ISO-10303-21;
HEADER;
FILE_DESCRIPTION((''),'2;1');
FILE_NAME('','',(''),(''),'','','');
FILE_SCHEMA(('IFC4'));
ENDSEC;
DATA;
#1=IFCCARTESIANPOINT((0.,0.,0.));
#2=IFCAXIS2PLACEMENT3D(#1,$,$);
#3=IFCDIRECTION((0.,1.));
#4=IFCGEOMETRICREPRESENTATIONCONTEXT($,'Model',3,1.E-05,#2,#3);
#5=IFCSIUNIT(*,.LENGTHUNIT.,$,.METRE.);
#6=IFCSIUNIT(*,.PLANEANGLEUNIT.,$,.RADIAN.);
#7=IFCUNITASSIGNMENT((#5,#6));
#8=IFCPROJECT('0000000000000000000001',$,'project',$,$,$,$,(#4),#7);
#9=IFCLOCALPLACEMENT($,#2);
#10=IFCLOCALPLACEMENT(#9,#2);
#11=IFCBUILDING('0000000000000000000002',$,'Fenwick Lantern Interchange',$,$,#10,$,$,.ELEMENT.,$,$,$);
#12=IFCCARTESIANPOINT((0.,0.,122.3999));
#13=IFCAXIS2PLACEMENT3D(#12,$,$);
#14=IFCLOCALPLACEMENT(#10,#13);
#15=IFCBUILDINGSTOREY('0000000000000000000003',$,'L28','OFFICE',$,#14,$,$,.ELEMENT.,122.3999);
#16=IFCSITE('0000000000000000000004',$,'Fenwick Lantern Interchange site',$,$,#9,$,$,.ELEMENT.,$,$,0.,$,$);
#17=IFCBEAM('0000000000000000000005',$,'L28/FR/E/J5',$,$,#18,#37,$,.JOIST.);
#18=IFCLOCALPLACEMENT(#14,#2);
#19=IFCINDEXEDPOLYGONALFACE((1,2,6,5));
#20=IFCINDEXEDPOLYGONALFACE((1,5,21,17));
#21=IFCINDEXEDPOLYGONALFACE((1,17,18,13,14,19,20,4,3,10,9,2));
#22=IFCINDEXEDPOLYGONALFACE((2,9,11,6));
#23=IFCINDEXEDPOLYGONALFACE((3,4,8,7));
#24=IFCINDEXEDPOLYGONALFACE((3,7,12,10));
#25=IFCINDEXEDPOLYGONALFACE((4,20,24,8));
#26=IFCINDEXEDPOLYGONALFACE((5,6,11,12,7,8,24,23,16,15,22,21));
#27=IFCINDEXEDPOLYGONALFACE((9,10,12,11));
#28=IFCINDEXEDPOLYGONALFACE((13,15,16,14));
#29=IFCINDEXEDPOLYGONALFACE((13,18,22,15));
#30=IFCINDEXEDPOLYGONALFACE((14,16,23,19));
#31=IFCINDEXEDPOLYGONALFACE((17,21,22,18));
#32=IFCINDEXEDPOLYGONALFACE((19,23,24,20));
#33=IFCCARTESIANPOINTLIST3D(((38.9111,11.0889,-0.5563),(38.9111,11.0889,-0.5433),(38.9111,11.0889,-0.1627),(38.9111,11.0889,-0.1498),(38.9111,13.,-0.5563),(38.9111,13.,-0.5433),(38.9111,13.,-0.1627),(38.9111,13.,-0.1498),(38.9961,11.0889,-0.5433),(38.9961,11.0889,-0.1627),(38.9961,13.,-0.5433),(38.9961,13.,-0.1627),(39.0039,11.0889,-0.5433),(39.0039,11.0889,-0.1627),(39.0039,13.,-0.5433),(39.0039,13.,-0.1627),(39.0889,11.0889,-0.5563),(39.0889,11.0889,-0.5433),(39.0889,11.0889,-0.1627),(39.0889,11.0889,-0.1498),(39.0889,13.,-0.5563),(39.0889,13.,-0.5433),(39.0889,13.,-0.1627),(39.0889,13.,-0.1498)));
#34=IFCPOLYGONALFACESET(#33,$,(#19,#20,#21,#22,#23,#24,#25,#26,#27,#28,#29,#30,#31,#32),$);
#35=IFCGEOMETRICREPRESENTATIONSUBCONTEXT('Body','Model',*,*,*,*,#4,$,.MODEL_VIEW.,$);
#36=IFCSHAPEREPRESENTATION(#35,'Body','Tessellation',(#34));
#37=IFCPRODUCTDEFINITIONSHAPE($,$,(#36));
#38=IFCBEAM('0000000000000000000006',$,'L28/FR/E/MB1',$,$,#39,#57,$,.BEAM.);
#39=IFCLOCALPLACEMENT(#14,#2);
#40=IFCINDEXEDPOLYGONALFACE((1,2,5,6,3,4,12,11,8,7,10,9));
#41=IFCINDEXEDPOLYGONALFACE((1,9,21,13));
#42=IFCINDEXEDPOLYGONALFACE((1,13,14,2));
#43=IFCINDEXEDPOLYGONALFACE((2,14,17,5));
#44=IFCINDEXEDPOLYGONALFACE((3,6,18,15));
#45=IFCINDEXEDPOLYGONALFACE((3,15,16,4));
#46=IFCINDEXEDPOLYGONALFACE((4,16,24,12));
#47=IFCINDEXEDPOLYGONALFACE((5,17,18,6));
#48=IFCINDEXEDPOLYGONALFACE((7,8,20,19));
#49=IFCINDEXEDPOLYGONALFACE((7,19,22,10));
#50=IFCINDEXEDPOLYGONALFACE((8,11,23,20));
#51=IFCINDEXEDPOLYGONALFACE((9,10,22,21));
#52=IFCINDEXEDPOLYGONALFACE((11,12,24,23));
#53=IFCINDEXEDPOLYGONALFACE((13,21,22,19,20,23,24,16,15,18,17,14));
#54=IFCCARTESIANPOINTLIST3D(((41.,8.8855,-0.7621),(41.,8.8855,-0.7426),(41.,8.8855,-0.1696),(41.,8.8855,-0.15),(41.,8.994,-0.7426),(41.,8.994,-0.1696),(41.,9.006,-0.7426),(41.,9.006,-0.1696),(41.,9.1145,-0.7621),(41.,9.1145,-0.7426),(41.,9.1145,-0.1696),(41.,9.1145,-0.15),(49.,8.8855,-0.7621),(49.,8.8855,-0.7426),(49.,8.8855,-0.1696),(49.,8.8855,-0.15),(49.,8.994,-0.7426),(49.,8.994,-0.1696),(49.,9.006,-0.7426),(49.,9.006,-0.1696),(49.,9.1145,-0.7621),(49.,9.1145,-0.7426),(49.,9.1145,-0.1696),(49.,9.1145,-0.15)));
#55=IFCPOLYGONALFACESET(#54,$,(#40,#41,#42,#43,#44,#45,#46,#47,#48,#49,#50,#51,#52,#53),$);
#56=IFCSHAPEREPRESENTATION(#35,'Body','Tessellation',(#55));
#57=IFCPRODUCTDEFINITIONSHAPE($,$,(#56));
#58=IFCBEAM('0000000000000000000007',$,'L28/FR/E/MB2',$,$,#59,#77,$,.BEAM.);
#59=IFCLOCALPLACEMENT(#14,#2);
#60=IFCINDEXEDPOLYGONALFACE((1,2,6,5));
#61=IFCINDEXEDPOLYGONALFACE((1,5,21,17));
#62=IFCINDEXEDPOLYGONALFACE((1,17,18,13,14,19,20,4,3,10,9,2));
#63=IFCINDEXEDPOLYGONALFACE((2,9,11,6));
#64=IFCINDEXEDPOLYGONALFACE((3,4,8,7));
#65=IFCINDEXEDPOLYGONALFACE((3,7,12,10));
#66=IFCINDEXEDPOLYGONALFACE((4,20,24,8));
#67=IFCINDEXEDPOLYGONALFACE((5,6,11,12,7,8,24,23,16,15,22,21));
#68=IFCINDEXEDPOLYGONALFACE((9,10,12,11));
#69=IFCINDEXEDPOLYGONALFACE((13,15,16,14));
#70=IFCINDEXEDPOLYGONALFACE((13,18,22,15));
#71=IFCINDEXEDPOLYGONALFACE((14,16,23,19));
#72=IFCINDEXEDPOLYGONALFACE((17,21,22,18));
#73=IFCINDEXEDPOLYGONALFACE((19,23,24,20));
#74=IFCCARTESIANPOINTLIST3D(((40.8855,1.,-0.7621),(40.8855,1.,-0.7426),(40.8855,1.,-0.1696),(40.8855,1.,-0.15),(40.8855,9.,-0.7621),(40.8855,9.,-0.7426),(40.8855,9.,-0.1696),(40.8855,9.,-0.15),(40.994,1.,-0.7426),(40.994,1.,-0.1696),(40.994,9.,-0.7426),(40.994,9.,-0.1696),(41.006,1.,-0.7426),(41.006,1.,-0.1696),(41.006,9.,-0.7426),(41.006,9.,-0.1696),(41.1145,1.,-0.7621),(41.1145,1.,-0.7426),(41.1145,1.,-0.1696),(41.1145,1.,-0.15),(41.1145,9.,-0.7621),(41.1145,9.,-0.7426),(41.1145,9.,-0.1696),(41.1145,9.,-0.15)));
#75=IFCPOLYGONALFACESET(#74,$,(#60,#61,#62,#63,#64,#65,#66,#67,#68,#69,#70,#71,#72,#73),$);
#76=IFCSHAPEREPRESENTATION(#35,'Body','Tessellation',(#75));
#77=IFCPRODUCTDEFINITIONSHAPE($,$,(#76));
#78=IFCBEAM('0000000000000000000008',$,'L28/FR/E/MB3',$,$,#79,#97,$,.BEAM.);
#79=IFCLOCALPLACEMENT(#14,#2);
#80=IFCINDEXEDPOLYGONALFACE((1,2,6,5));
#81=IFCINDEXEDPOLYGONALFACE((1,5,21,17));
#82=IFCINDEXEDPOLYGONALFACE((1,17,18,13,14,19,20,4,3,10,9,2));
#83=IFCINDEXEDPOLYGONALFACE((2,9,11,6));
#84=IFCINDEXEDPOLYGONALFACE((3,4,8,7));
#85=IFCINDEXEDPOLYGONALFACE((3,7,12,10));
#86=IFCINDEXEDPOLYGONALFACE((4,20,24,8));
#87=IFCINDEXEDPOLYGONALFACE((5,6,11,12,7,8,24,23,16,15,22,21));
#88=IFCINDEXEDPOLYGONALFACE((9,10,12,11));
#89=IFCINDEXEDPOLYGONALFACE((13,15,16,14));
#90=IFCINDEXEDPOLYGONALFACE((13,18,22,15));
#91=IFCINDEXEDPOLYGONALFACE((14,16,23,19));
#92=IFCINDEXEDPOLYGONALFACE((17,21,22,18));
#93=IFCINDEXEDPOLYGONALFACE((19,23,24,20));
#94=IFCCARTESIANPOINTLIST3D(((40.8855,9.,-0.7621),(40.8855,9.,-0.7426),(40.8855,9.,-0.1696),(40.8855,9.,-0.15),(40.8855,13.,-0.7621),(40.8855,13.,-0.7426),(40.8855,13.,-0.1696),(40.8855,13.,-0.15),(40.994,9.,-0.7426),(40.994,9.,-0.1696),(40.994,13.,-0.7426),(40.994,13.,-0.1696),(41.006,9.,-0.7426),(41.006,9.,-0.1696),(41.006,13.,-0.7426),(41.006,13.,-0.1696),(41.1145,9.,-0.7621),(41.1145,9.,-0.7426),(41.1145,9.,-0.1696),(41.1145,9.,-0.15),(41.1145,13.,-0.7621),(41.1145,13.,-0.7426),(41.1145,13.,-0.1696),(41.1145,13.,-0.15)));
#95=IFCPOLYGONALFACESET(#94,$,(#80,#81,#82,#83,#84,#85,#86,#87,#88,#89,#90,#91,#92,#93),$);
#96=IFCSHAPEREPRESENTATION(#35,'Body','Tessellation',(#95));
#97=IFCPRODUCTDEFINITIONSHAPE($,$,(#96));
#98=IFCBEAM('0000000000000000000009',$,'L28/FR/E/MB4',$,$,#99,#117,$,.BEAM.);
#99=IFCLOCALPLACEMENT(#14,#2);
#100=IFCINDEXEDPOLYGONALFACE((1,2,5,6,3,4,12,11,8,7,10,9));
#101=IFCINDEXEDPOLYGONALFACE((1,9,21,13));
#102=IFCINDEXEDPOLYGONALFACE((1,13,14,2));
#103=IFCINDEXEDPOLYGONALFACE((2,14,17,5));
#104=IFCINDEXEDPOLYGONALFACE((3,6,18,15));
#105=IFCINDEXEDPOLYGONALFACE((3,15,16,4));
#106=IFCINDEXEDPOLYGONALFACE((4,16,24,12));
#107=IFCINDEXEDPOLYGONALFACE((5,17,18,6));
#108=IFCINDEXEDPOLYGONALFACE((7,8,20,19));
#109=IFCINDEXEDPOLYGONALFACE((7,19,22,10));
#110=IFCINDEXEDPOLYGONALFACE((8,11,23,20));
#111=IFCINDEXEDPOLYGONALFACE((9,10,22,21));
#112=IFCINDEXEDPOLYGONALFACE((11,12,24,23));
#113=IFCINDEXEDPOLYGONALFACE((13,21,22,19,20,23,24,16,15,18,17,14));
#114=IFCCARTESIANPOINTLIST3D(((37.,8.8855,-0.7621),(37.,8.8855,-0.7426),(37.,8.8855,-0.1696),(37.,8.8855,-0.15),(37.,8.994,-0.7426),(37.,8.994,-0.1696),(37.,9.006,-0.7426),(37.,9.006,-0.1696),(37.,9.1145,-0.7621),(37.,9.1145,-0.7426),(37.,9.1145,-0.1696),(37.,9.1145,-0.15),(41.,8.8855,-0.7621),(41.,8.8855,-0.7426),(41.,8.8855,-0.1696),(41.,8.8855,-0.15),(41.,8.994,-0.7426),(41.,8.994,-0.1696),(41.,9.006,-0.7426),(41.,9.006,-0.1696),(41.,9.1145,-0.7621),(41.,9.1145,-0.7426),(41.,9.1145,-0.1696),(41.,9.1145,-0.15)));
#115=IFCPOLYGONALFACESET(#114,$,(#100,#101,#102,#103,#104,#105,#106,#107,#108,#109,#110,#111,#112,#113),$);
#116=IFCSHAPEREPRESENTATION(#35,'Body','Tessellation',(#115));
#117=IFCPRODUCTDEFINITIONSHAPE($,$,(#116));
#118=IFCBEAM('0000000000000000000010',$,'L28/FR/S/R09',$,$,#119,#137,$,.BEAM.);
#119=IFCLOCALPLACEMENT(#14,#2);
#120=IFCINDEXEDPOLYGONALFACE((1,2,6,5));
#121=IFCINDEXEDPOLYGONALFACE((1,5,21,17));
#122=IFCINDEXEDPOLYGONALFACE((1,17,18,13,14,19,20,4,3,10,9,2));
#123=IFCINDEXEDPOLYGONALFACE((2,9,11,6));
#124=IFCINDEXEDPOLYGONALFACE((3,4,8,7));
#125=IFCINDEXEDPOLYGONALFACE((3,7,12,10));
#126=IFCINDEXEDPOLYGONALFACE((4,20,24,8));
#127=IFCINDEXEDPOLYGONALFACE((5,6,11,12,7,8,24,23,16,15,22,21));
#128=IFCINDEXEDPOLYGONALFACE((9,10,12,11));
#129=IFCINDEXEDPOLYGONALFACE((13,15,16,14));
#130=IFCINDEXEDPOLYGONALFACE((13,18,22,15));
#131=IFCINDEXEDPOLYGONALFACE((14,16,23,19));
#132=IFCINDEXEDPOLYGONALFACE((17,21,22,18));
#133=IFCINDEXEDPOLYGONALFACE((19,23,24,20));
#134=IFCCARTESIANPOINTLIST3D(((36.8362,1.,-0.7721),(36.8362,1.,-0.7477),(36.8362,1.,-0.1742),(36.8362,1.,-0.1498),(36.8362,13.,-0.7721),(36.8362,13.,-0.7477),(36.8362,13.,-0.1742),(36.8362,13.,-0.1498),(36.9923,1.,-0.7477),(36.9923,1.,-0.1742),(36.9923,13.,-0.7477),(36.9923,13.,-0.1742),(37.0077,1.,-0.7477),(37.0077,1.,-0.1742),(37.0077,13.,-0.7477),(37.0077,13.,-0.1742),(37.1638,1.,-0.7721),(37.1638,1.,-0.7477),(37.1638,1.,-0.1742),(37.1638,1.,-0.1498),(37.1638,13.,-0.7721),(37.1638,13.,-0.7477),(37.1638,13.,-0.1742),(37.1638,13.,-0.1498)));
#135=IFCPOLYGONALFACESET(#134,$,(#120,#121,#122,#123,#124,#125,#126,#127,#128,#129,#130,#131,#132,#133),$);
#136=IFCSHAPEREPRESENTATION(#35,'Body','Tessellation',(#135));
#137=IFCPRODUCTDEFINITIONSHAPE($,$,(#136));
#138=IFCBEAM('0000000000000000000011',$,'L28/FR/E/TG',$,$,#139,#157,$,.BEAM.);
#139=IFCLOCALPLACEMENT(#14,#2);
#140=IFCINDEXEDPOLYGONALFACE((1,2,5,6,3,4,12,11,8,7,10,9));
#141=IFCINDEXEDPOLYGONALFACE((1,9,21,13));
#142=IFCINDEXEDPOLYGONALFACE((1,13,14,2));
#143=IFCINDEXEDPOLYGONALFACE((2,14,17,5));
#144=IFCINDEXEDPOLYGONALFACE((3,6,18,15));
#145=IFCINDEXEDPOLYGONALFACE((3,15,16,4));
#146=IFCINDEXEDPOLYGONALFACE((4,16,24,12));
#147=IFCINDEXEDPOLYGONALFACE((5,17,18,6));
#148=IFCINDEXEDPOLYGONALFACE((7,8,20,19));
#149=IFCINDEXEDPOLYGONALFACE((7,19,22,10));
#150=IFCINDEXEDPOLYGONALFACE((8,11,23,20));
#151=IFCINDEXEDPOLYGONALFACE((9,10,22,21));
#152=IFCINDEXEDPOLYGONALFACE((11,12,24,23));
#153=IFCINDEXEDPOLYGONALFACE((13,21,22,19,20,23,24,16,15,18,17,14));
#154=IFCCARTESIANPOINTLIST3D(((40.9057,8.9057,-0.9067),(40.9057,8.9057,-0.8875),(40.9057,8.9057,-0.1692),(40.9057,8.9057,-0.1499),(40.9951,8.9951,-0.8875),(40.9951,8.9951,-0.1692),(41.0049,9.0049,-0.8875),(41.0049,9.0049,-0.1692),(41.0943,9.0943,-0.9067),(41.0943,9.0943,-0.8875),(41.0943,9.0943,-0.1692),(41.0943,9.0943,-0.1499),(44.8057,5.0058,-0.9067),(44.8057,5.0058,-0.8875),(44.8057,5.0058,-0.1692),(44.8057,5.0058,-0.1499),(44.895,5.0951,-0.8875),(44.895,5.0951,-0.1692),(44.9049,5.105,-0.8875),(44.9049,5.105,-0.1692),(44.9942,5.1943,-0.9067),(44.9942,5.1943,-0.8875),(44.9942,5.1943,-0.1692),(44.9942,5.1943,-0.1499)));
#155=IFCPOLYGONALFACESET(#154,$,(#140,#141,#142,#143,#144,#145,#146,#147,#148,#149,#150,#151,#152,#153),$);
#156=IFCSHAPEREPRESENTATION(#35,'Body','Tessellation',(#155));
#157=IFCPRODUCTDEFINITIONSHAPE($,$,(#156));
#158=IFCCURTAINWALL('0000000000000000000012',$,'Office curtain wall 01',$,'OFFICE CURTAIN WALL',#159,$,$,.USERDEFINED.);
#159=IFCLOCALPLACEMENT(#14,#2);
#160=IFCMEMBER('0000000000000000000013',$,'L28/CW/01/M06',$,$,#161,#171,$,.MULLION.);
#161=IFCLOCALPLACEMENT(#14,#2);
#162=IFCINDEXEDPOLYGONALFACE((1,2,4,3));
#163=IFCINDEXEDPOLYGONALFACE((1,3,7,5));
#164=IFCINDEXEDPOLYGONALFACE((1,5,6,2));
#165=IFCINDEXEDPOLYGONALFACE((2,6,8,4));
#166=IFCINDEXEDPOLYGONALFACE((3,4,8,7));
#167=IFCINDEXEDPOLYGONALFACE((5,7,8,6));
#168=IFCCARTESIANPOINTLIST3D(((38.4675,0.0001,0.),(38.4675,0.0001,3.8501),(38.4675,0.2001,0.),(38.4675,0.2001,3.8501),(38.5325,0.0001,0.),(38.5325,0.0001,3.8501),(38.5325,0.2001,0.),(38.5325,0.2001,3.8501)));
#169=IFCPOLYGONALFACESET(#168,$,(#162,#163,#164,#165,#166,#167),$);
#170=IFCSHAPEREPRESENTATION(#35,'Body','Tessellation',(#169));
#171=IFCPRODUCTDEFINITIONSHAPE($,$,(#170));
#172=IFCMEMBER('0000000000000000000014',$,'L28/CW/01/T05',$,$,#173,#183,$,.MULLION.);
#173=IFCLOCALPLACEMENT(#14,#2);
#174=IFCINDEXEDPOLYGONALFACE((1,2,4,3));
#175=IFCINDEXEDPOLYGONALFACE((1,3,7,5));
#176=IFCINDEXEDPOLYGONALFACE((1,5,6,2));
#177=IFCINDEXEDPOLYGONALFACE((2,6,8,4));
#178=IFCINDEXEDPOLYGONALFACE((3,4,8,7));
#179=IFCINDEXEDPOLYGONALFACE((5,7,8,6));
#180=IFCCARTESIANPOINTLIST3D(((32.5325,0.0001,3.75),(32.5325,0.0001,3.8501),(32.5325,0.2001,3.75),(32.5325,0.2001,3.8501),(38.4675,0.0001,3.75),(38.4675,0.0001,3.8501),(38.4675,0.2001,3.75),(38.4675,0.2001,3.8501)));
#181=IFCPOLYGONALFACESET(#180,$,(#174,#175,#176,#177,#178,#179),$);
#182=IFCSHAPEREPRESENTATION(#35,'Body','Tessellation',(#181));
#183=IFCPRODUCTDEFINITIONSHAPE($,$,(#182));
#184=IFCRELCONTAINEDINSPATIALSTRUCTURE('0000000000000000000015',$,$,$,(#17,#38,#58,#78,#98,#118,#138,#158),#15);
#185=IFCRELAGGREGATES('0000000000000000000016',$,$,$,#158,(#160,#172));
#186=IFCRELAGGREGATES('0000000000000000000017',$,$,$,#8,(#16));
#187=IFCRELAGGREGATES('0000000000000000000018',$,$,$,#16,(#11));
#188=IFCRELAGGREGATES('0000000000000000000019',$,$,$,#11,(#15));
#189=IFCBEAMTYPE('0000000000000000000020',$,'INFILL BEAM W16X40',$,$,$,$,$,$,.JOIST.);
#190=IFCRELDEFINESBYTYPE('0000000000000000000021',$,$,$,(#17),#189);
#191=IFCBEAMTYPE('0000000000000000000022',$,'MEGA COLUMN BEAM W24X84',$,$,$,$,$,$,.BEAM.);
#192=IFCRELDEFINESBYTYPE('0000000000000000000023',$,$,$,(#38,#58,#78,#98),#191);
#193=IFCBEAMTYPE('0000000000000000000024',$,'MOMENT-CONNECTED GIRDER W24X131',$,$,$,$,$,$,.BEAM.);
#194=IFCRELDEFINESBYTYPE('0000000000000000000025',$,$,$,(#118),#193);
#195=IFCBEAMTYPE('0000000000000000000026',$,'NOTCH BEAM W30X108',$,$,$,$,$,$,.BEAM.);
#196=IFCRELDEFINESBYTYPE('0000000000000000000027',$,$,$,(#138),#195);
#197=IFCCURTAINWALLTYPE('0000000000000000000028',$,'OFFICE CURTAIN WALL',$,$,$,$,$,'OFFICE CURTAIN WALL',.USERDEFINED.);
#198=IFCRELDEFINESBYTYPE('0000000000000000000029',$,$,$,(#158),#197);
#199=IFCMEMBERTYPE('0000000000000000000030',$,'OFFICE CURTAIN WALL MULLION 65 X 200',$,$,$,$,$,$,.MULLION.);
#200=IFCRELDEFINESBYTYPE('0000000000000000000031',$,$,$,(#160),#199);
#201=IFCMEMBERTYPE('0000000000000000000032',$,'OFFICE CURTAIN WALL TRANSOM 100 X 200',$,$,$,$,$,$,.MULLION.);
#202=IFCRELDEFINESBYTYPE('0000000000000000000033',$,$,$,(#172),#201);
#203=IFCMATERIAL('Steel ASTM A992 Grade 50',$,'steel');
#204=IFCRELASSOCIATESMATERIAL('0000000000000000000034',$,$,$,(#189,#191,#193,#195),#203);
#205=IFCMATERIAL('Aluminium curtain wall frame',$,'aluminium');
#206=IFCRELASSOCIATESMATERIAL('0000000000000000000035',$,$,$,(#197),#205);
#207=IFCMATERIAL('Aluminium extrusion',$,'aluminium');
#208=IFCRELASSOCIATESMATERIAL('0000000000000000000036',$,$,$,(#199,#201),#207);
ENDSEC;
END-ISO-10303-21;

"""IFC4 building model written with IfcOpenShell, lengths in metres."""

from ifc_helpers import new_model, si_unit, direction, frame, origin, origin_2d, place, context, subcontext, project, spatial, rectangle, i_section, extrude, material, material_profile, profile_set, type_object, element, aggregate, save


model = new_model("IFC4")

# Units and contexts
model_context = context("Model", 3, precision=1e-05, world=origin(), true_north=direction((0.0, 1.0)))
body_context = subcontext(model_context, "Body", "Model", "MODEL_VIEW")
ifc_project = project(units=[si_unit("LENGTHUNIT", "METRE"), si_unit("PLANEANGLEUNIT", "RADIAN")], contexts=[model_context])

# Site, building, storey
site_placement = place(None, origin())
site = spatial("IfcSite", under=ifc_project, at=site_placement, Name="Fenwick Lantern Interchange site", CompositionType="ELEMENT", RefElevation=0.0)
building_placement = place(site_placement, origin())
building = spatial("IfcBuilding", under=site, at=building_placement, Name="Fenwick Lantern Interchange", CompositionType="ELEMENT")
storey_placement = place(building_placement, frame((0.0, 0.0, 122.3999)))
storey = spatial("IfcBuildingStorey", under=building, at=storey_placement, Name="L28", Description="OFFICE", CompositionType="ELEMENT", Elevation=122.3999)

# Beams
ifc_material_1 = material(Name="Steel ASTM A992 Grade 50", Category="steel")
ifc_material_profile_1 = material_profile(ifc_material_1, i_section(OverallWidth=0.1777, OverallDepth=0.4065, WebThickness=0.0078, FlangeThickness=0.0129, at=origin_2d()), Name="W16X40")
ifc_profile_set_1 = profile_set([ifc_material_profile_1], Name="Steel ASTM A992 Grade 50")
beam_type_1 = type_object("IfcBeamType", Name="INFILL BEAM W16X40", PredefinedType="JOIST", material=ifc_profile_set_1)
beam_1_placement = place(storey_placement, frame((39.0, 11.0889, -0.353), z_axis=(0.0, 1.0, 0.0), x_axis=(-1.0, 0.0, 0.0)))
element("IfcBeam", 1, at=beam_1_placement, inside=storey, type_object=beam_type_1, Name="L28/FR/E/J5", PredefinedType="JOIST", context=body_context, shape_type="SweptSolid", body=[
    extrude(i_section(OverallWidth=0.1777, OverallDepth=0.4065, WebThickness=0.0078, FlangeThickness=0.0129, at=origin_2d()), origin(), (0.0, 0.0, 1.0), 1.9111),
])
ifc_material_profile_2 = material_profile(ifc_material_1, i_section(OverallWidth=0.229, OverallDepth=0.6121, WebThickness=0.012, FlangeThickness=0.0195, at=origin_2d()), Name="W24X84")
ifc_profile_set_2 = profile_set([ifc_material_profile_2], Name="Steel ASTM A992 Grade 50")
beam_type_2 = type_object("IfcBeamType", Name="MEGA COLUMN BEAM W24X84", PredefinedType="BEAM", material=ifc_profile_set_2)
for number, where, z_axis, x_axis, name in (
    (2, (41.0, 9.0, -0.4561), (1.0, 0.0, 0.0), (0.0, 1.0, 0.0), "L28/FR/E/MB1"),
    (3, (41.0, 9.0, -0.4561), (0.0, -1.0, 0.0), (1.0, 0.0, 0.0), "L28/FR/E/MB2"),
):
    element("IfcBeam", number, at=place(storey_placement, frame(where, z_axis=z_axis, x_axis=x_axis)), inside=storey, type_object=beam_type_2, Name=name, PredefinedType="BEAM", context=body_context, shape_type="SweptSolid", body=[
        extrude(i_section(OverallWidth=0.229, OverallDepth=0.6121, WebThickness=0.012, FlangeThickness=0.0195, at=origin_2d()), origin(), (0.0, 0.0, 1.0), 8.0),
    ])
for number, where, z_axis, x_axis, name in (
    (4, (41.0, 9.0, -0.4561), (0.0, 1.0, 0.0), (-1.0, 0.0, 0.0), "L28/FR/E/MB3"),
    (5, (41.0, 9.0, -0.4561), (-1.0, 0.0, 0.0), (0.0, -1.0, 0.0), "L28/FR/E/MB4"),
):
    element("IfcBeam", number, at=place(storey_placement, frame(where, z_axis=z_axis, x_axis=x_axis)), inside=storey, type_object=beam_type_2, Name=name, PredefinedType="BEAM", context=body_context, shape_type="SweptSolid", body=[
        extrude(i_section(OverallWidth=0.229, OverallDepth=0.6121, WebThickness=0.012, FlangeThickness=0.0195, at=origin_2d()), origin(), (0.0, 0.0, 1.0), 4.0),
    ])
ifc_material_profile_3 = material_profile(ifc_material_1, i_section(OverallWidth=0.3276, OverallDepth=0.6223, WebThickness=0.0154, FlangeThickness=0.0244, at=origin_2d()), Name="W24X131")
ifc_profile_set_3 = profile_set([ifc_material_profile_3], Name="Steel ASTM A992 Grade 50")
beam_type_3 = type_object("IfcBeamType", Name="MOMENT-CONNECTED GIRDER W24X131", PredefinedType="BEAM", material=ifc_profile_set_3)
beam_2_placement = place(storey_placement, frame((37.0, 1.0, -0.4609), z_axis=(0.0, 1.0, 0.0), x_axis=(-1.0, 0.0, 0.0)))
element("IfcBeam", 6, at=beam_2_placement, inside=storey, type_object=beam_type_3, Name="L28/FR/S/R09", PredefinedType="BEAM", context=body_context, shape_type="SweptSolid", body=[
    extrude(i_section(OverallWidth=0.3276, OverallDepth=0.6223, WebThickness=0.0154, FlangeThickness=0.0244, at=origin_2d()), origin(), (0.0, 0.0, 1.0), 12.0),
])
ifc_material_profile_4 = material_profile(ifc_material_1, i_section(OverallWidth=0.2666, OverallDepth=0.7568, WebThickness=0.0139, FlangeThickness=0.0193, at=origin_2d()), Name="W30X108")
ifc_profile_set_4 = profile_set([ifc_material_profile_4], Name="Steel ASTM A992 Grade 50")
beam_type_4 = type_object("IfcBeamType", Name="NOTCH BEAM W30X108", PredefinedType="BEAM", material=ifc_profile_set_4)
beam_3_placement = place(storey_placement, frame((41.0, 9.0, -0.5283), z_axis=(0.707107, -0.707107, 0.0), x_axis=(0.707107, 0.707107, 0.0)))
element("IfcBeam", 7, at=beam_3_placement, inside=storey, type_object=beam_type_4, Name="L28/FR/E/TG", PredefinedType="BEAM", context=body_context, shape_type="SweptSolid", body=[
    extrude(i_section(OverallWidth=0.2666, OverallDepth=0.7568, WebThickness=0.0139, FlangeThickness=0.0193, at=origin_2d()), origin(), (0.0, 0.0, 1.0), 5.5154),
])

# Curtain wall, members
ifc_material_2 = material(Name="Aluminium curtain wall frame", Category="aluminium")
curtain_wall_type = type_object("IfcCurtainWallType", Name="OFFICE CURTAIN WALL", ElementType="OFFICE CURTAIN WALL", PredefinedType="USERDEFINED", material=ifc_material_2)
curtain_wall_placement = place(storey_placement, origin())
curtain_wall = element("IfcCurtainWall", 8, at=curtain_wall_placement, inside=storey, type_object=curtain_wall_type, Name="Office curtain wall 01", ObjectType="OFFICE CURTAIN WALL", PredefinedType="USERDEFINED")
ifc_material_3 = material(Name="Aluminium extrusion", Category="aluminium")
ifc_material_profile_5 = material_profile(ifc_material_3, rectangle(XDim=0.2, YDim=0.0649, at=origin_2d()), Name="OFFICE CURTAIN WALL MULLION 65 X 200")
ifc_profile_set_5 = profile_set([ifc_material_profile_5], Name="Aluminium extrusion")
member_type_1 = type_object("IfcMemberType", Name="OFFICE CURTAIN WALL MULLION 65 X 200", PredefinedType="MULLION", material=ifc_profile_set_5)
member_1_placement = place(storey_placement, frame((38.5, 0.1001, 0.0), z_axis=(0.0, 0.0, 1.0), x_axis=(0.0, 1.0, 0.0)))
member_1 = element("IfcMember", 9, at=member_1_placement, type_object=member_type_1, Name="L28/CW/01/M06", PredefinedType="MULLION", context=body_context, shape_type="SweptSolid", body=[
    extrude(rectangle(XDim=0.2, YDim=0.0649, at=origin_2d()), origin(), (0.0, 0.0, 1.0), 3.8501),
])
ifc_material_profile_6 = material_profile(ifc_material_3, rectangle(XDim=0.2, YDim=0.1001, at=origin_2d()), Name="OFFICE CURTAIN WALL TRANSOM 100 X 200")
ifc_profile_set_6 = profile_set([ifc_material_profile_6], Name="Aluminium extrusion")
member_type_2 = type_object("IfcMemberType", Name="OFFICE CURTAIN WALL TRANSOM 100 X 200", PredefinedType="MULLION", material=ifc_profile_set_6)
member_2_placement = place(storey_placement, frame((32.5325, 0.1001, 3.8), z_axis=(1.0, 0.0, 0.0), x_axis=(0.0, 1.0, 0.0)))
member_2 = element("IfcMember", 10, at=member_2_placement, type_object=member_type_2, Name="L28/CW/01/T05", PredefinedType="MULLION", context=body_context, shape_type="SweptSolid", body=[
    extrude(rectangle(XDim=0.2, YDim=0.1001, at=origin_2d()), origin(), (0.0, 0.0, 1.0), 5.9351),
])
aggregate(curtain_wall, [member_1, member_2])

save(model, "model.ifc")
